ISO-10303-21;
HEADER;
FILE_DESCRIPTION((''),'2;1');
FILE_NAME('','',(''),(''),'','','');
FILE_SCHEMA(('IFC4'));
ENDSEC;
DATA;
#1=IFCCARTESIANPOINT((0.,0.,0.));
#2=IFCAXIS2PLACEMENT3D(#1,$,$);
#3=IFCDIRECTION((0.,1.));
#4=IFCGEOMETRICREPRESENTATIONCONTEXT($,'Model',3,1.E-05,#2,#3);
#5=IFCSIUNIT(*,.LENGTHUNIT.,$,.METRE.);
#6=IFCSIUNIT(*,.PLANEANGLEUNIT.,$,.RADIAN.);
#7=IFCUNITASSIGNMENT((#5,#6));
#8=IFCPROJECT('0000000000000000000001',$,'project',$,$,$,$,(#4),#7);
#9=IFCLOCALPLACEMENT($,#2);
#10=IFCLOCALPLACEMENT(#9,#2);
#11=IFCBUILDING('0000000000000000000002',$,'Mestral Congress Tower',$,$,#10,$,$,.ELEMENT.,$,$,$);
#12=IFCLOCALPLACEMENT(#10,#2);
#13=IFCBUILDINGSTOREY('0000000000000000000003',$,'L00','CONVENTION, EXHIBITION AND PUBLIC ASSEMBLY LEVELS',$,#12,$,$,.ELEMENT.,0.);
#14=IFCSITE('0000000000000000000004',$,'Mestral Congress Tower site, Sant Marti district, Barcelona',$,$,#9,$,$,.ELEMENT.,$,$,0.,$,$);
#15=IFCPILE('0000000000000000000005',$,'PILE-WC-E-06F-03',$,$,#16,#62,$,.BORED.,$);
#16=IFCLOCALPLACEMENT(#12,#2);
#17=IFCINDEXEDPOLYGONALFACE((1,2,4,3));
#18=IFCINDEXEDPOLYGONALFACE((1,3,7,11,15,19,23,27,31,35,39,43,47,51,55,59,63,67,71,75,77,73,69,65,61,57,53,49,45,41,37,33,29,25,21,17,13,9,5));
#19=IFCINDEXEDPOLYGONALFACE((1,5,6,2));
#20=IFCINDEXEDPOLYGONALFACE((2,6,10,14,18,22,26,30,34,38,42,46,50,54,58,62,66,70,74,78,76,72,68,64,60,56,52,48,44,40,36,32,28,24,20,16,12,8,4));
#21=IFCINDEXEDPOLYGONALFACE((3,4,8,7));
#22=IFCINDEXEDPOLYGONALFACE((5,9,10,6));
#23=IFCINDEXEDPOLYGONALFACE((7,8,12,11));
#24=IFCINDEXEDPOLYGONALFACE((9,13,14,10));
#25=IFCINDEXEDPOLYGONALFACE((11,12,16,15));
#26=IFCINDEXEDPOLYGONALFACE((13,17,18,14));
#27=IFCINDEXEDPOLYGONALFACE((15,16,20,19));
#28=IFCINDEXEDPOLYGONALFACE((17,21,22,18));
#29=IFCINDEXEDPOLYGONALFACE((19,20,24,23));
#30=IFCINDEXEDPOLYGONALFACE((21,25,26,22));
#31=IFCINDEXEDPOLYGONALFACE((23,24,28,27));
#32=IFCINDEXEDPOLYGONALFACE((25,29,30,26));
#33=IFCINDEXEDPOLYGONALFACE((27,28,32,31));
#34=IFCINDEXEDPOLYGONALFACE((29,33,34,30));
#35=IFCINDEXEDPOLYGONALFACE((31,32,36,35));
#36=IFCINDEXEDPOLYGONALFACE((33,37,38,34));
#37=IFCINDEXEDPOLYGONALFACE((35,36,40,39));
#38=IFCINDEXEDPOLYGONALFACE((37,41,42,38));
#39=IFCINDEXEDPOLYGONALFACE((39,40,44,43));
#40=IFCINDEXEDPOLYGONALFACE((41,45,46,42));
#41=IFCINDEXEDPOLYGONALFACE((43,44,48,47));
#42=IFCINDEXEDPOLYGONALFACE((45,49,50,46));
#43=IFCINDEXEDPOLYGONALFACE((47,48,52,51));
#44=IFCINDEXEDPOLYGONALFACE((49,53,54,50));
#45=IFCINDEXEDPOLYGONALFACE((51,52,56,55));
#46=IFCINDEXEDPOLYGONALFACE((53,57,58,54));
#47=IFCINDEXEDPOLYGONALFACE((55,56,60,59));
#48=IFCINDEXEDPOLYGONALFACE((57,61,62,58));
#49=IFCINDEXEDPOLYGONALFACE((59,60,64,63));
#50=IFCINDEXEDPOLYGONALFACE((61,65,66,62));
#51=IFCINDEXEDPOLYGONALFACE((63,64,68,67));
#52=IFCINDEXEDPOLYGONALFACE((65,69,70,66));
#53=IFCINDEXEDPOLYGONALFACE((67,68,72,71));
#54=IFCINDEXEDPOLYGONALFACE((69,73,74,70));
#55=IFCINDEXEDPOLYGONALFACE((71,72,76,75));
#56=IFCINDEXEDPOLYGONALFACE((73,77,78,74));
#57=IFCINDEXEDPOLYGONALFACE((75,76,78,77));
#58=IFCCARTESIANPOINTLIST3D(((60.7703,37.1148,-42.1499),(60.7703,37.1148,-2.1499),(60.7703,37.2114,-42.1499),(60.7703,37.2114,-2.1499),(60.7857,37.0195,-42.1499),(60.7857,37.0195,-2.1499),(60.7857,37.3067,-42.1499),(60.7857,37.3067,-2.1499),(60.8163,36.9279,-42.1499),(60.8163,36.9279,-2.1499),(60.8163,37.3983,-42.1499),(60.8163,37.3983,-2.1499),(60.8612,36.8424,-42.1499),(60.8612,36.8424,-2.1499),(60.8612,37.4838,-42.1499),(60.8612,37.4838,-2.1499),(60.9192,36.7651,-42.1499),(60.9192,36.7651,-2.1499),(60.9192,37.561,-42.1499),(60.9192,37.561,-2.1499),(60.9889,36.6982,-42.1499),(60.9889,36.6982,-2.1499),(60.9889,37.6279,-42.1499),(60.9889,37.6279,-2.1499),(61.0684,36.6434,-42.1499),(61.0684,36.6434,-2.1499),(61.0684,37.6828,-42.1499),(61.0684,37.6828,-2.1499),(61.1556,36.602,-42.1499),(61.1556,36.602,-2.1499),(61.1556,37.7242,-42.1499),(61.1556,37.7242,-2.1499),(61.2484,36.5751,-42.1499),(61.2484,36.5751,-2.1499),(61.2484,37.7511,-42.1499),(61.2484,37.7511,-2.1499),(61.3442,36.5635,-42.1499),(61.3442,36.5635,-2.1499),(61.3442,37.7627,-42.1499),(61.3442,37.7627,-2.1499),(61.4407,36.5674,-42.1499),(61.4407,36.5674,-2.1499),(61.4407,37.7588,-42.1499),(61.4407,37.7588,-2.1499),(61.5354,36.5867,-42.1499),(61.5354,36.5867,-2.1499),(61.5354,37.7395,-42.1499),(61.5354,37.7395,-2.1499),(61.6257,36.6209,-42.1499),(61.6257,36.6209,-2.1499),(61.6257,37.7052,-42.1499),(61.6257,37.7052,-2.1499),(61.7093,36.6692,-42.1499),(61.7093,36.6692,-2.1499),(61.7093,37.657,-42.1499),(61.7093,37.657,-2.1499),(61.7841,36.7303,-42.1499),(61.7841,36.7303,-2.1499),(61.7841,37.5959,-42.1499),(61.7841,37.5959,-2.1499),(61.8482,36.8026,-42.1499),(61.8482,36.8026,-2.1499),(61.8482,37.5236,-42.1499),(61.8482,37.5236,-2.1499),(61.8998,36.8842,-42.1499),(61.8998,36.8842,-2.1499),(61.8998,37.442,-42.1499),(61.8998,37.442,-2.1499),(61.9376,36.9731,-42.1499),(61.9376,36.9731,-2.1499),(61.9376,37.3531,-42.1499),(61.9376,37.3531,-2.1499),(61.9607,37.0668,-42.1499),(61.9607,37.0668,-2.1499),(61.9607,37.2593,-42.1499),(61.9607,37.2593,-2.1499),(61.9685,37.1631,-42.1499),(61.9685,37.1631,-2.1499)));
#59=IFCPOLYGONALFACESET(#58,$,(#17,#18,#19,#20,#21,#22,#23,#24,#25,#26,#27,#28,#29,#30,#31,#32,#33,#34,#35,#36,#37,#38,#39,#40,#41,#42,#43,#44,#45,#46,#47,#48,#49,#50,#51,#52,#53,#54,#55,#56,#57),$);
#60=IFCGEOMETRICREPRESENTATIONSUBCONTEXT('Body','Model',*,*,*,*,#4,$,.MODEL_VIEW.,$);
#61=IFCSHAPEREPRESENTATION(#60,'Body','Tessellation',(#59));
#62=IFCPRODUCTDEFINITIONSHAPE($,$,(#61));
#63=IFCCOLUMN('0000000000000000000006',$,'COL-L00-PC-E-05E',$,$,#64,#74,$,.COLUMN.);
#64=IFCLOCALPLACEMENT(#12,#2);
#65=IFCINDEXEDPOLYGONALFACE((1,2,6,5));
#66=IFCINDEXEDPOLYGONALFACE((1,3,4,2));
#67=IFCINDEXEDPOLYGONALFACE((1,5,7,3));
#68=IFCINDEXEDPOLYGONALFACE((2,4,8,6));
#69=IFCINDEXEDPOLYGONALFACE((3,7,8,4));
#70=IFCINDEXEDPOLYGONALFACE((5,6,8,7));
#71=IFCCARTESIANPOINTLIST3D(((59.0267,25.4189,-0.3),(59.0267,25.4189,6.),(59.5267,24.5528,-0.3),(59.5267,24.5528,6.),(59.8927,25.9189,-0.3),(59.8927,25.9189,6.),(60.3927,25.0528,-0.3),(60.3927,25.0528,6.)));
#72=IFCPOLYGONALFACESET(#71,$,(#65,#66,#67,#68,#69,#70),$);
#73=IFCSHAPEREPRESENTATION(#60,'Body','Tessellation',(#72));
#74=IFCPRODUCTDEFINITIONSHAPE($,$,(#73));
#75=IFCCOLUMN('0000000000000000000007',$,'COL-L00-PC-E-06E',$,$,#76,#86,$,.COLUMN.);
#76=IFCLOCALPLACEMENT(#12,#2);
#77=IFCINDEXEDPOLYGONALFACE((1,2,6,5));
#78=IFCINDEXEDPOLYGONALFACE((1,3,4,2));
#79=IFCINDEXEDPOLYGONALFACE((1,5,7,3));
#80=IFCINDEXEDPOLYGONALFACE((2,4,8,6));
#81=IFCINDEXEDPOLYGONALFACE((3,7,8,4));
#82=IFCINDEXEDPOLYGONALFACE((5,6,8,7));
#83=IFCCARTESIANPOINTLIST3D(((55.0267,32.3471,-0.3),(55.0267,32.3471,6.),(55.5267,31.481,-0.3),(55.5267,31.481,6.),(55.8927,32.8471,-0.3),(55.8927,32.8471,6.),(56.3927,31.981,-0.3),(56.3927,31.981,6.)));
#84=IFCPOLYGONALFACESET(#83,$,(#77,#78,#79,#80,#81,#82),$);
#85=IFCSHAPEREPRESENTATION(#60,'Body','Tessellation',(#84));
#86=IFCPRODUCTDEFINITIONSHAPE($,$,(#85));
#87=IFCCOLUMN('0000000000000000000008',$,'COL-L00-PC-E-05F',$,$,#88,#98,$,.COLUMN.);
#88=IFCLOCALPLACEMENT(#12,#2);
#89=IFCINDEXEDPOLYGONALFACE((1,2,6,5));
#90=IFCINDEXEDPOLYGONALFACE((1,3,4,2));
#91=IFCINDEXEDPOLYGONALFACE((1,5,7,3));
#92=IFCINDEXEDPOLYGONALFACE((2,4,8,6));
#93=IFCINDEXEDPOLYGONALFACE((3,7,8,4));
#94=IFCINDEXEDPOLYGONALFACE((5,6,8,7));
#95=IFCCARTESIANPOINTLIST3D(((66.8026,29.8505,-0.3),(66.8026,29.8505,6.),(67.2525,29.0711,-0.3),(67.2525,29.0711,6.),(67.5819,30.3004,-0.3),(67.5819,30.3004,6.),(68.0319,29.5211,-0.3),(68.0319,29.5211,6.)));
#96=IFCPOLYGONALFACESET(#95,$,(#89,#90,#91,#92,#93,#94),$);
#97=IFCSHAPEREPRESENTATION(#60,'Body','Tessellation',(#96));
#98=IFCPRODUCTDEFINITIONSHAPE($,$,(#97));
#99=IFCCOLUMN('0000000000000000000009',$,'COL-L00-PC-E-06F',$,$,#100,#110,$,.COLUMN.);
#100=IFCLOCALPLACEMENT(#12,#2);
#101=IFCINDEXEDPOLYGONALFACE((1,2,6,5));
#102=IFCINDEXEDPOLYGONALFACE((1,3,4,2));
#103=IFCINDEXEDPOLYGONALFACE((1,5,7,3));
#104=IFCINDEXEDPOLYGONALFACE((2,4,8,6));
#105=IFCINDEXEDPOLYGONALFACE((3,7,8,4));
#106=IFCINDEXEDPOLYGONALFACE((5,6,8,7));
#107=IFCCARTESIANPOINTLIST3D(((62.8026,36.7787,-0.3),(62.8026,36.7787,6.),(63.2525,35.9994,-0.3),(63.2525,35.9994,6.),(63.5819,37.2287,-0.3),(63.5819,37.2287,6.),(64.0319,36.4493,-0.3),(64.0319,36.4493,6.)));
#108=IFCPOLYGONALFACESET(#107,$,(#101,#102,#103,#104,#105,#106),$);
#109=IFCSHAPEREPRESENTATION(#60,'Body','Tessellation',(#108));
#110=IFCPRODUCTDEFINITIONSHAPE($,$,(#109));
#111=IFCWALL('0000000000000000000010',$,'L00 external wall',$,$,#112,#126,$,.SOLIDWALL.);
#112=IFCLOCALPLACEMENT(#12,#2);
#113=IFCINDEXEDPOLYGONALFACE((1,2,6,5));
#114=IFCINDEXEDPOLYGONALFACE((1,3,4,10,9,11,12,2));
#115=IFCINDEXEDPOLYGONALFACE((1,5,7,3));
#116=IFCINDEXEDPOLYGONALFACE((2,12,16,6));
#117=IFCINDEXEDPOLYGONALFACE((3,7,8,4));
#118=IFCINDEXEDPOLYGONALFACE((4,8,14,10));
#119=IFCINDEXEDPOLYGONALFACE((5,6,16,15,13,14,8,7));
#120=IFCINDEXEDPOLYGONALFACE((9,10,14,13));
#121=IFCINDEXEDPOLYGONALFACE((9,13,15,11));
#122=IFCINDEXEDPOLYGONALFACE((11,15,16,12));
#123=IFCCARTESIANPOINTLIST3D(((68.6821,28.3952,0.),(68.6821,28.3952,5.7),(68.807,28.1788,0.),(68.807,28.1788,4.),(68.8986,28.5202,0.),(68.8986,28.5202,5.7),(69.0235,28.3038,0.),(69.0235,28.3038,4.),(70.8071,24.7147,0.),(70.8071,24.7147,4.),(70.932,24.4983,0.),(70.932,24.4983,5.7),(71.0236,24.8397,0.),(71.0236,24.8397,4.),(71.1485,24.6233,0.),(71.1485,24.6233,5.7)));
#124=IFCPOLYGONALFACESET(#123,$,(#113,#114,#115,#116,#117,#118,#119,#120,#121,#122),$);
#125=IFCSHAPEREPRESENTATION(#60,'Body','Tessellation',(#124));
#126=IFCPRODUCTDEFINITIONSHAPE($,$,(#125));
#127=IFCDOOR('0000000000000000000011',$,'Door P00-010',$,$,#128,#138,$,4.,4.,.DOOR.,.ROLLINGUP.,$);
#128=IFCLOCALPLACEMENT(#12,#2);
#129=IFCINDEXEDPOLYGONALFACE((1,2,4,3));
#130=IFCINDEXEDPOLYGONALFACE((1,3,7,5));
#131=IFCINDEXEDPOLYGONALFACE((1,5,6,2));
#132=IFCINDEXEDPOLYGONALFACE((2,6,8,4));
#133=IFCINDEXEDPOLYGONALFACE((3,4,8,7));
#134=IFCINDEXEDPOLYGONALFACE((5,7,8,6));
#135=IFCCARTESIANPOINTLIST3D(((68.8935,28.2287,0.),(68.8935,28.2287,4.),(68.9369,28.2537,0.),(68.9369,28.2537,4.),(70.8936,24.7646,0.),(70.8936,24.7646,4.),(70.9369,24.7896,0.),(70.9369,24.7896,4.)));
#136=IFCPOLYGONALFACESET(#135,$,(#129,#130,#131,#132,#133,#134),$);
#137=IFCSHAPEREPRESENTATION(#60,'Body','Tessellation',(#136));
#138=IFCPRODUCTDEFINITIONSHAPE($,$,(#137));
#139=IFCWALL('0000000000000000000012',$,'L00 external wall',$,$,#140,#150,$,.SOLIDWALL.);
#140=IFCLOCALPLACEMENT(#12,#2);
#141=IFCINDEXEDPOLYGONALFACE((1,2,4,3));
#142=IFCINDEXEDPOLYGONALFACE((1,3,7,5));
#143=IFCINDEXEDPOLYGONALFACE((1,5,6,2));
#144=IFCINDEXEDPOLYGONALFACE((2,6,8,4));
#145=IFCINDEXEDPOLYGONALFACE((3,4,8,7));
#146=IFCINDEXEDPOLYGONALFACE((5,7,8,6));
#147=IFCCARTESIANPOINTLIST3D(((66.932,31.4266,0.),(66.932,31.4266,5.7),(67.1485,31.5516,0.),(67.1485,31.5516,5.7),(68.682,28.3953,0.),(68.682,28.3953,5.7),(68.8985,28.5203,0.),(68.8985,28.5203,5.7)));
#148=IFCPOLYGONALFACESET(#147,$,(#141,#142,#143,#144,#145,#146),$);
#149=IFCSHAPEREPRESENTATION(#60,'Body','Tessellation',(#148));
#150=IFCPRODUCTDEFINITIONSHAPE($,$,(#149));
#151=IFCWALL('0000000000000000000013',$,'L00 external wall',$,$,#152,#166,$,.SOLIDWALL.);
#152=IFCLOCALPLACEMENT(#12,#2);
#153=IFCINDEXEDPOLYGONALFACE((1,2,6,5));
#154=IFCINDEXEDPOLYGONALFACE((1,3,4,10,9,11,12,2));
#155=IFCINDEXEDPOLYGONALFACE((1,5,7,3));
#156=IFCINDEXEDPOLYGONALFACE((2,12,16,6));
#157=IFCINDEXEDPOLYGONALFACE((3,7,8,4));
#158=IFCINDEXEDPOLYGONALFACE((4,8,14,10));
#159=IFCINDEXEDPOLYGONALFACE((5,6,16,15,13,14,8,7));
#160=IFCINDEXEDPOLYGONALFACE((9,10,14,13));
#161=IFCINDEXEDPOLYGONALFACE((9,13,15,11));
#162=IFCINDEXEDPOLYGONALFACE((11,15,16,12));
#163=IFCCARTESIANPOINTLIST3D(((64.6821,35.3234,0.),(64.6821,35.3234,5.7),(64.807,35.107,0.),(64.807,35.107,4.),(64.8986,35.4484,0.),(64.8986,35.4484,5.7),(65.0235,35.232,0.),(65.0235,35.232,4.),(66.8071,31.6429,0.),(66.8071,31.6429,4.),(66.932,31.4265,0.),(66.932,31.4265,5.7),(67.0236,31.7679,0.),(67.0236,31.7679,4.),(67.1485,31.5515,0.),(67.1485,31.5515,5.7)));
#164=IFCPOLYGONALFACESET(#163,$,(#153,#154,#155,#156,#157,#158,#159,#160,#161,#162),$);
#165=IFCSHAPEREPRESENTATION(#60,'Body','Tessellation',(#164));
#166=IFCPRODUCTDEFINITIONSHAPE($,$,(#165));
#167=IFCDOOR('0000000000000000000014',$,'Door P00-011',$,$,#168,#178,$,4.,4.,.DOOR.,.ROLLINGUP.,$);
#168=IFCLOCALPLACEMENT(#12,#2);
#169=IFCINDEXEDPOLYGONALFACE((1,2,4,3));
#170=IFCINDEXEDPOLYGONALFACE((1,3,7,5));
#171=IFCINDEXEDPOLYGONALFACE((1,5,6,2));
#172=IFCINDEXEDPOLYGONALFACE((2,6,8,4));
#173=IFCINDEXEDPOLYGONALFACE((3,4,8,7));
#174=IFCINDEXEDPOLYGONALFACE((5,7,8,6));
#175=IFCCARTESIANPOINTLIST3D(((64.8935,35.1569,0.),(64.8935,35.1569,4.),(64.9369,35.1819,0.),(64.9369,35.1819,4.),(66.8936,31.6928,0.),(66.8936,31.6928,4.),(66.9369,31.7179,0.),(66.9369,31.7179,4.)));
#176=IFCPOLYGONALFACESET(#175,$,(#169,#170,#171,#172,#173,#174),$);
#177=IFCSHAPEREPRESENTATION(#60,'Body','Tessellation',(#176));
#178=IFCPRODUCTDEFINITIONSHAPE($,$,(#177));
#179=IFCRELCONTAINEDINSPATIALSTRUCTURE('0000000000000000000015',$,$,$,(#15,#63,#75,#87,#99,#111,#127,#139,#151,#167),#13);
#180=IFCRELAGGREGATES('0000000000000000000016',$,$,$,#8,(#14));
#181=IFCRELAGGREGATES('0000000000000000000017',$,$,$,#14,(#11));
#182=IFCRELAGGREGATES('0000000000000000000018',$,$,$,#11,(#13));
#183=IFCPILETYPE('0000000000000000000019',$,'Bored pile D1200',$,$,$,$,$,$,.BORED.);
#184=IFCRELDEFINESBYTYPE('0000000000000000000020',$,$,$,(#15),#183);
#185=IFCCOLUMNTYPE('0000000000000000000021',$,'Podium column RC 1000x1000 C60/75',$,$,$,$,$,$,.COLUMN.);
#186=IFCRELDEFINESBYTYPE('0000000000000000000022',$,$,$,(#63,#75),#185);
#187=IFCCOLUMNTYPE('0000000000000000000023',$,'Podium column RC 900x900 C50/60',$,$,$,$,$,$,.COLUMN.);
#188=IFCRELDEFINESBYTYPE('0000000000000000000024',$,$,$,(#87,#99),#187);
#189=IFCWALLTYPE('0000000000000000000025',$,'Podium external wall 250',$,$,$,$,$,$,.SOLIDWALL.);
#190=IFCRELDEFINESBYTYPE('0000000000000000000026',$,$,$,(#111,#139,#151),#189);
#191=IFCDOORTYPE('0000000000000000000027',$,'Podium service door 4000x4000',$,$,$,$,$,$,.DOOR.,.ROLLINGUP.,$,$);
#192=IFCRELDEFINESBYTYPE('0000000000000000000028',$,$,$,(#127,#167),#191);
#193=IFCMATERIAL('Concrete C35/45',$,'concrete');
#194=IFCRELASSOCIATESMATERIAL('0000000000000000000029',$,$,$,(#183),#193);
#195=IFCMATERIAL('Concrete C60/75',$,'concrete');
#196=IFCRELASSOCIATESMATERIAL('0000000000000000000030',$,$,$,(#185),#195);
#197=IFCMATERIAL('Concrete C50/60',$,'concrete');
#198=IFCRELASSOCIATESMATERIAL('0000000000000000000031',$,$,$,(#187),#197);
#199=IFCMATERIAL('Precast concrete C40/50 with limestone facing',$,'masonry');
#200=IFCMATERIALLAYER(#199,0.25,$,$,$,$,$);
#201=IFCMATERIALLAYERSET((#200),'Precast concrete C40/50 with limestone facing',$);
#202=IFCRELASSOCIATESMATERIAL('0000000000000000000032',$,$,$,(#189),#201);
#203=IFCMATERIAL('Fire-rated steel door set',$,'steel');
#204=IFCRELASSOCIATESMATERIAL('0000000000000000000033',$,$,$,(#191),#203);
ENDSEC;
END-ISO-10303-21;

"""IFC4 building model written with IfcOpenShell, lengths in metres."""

from ifc_helpers import new_model, si_unit, direction, frame, frame_2d, origin, origin_2d, place, context, subcontext, project, spatial, rectangle, circle, extrude, material, layer, layer_set, material_profile, profile_set, type_object, element, fill, save


model = new_model("IFC4")

# Units and contexts
model_context = context("Model", 3, precision=1e-05, world=origin(), true_north=direction((0.0, 1.0)))
body_context = subcontext(model_context, "Body", "Model", "MODEL_VIEW")
ifc_project = project(units=[si_unit("LENGTHUNIT", "METRE"), si_unit("PLANEANGLEUNIT", "RADIAN")], contexts=[model_context])

# Site, building, storey
site_placement = place(None, origin())
site = spatial("IfcSite", under=ifc_project, at=site_placement, Name="Mestral Congress Tower site, Sant Marti district, Barcelona", CompositionType="ELEMENT", RefElevation=0.0)
building_placement = place(site_placement, origin())
building = spatial("IfcBuilding", under=site, at=building_placement, Name="Mestral Congress Tower", CompositionType="ELEMENT")
storey_placement = place(building_placement, origin())
storey = spatial("IfcBuildingStorey", under=building, at=storey_placement, Name="L00", Description="CONVENTION, EXHIBITION AND PUBLIC ASSEMBLY LEVELS", CompositionType="ELEMENT", Elevation=0.0)

# Pile
ifc_material_1 = material(Name="Concrete C35/45", Category="concrete")
ifc_material_profile_1 = material_profile(ifc_material_1, circle(Radius=0.6001, at=origin_2d()), Name="D1200")
ifc_profile_set_1 = profile_set([ifc_material_profile_1], Name="Concrete C35/45")
pile_type = type_object("IfcPileType", Name="Bored pile D1200", PredefinedType="BORED", material=ifc_profile_set_1)
for number, where, z_axis, x_axis, name in (
    (1, (61.3684, 37.1631, -2.1499), (0.0, 0.0, -1.0), (1.0, 0.0, 0.0), "PILE-WC-E-06F-03"),
):
    element("IfcPile", number, at=place(storey_placement, frame(where, z_axis=z_axis, x_axis=x_axis)), inside=storey, type_object=pile_type, Name=name, PredefinedType="BORED", context=body_context, shape_type="SweptSolid", body=[
        extrude(circle(Radius=0.6001, at=origin_2d()), origin(), (0.0, 0.0, 1.0), 40.0),
    ])

# Columns
ifc_material_2 = material(Name="Concrete C60/75", Category="concrete")
ifc_material_profile_2 = material_profile(ifc_material_2, rectangle(XDim=1.0, YDim=1.0, at=origin_2d()), Name="RC 1000x1000")
ifc_profile_set_2 = profile_set([ifc_material_profile_2], Name="Concrete C60/75")
column_type_1 = type_object("IfcColumnType", Name="Podium column RC 1000x1000 C60/75", PredefinedType="COLUMN", material=ifc_profile_set_2)
for number, where, z_axis, x_axis, name in (
    (2, (59.7097, 25.2358, -0.3), (0.0, 0.0, 1.0), (-0.5, 0.866025, 0.0), "COL-L00-PC-E-05E"),
    (3, (55.7097, 32.1641, -0.3), (0.0, 0.0, 1.0), (-0.5, 0.866025, 0.0), "COL-L00-PC-E-06E"),
):
    element("IfcColumn", number, at=place(storey_placement, frame(where, z_axis=z_axis, x_axis=x_axis)), inside=storey, type_object=column_type_1, Name=name, PredefinedType="COLUMN", context=body_context, shape_type="SweptSolid", body=[
        extrude(rectangle(XDim=1.0, YDim=1.0, at=origin_2d()), origin(), (0.0, 0.0, 1.0), 6.3),
    ])
ifc_material_3 = material(Name="Concrete C50/60", Category="concrete")
ifc_material_profile_3 = material_profile(ifc_material_3, rectangle(XDim=0.8999, YDim=0.8999, at=origin_2d()), Name="RC 900x900")
ifc_profile_set_3 = profile_set([ifc_material_profile_3], Name="Concrete C50/60")
column_type_2 = type_object("IfcColumnType", Name="Podium column RC 900x900 C50/60", PredefinedType="COLUMN", material=ifc_profile_set_3)
for number, where, z_axis, x_axis, name in (
    (4, (67.4172, 29.6858, -0.3), (0.0, 0.0, 1.0), (-0.5, 0.866025, 0.0), "COL-L00-PC-E-05F"),
    (5, (63.4172, 36.614, -0.3), (0.0, 0.0, 1.0), (-0.5, 0.866025, 0.0), "COL-L00-PC-E-06F"),
):
    element("IfcColumn", number, at=place(storey_placement, frame(where, z_axis=z_axis, x_axis=x_axis)), inside=storey, type_object=column_type_2, Name=name, PredefinedType="COLUMN", context=body_context, shape_type="SweptSolid", body=[
        extrude(rectangle(XDim=0.8999, YDim=0.8999, at=origin_2d()), origin(), (0.0, 0.0, 1.0), 6.3),
    ])

# Wall, opening, door
ifc_material_4 = material(Name="Precast concrete C40/50 with limestone facing", Category="masonry")
ifc_layer_1 = layer(ifc_material_4, 0.25)
ifc_layer_set_1 = layer_set([ifc_layer_1], Name="Precast concrete C40/50 with limestone facing")
wall_type_1 = type_object("IfcWallType", Name="Podium external wall 250", PredefinedType="SOLIDWALL", material=ifc_layer_set_1)
wall_1_placement = place(storey_placement, frame((68.7903, 28.4578, 0.0), z_axis=(0.0, 0.0, 1.0), x_axis=(0.500014, -0.866018, 0.0)))
wall_1 = element("IfcWall", 6, at=wall_1_placement, inside=storey, type_object=wall_type_1, Name="L00 external wall", PredefinedType="SOLIDWALL", context=body_context, shape_type="SweptSolid", body=[
    extrude(rectangle(XDim=4.4998, YDim=0.25, at=frame_2d((2.25, 0.0))), origin(), (0.0, 0.0, 1.0), 5.7),
])
opening_1_placement = place(wall_1_placement, frame((0.25, 0.0, 0.0)))
opening_1 = element("IfcOpeningElement", 7, at=opening_1_placement, cuts=wall_1, PredefinedType="OPENING", context=body_context, shape_type="SweptSolid", body=[
    extrude(rectangle(XDim=4.0, YDim=4.0, at=frame_2d((2.0, 2.0))), frame((0.0, 0.135, 0.0), z_axis=(0.0, -1.0, 0.0), x_axis=(1.0, 0.0, 0.0)), (0.0, 0.0, 1.0), 0.27),
])
ifc_material_5 = material(Name="Fire-rated steel door set", Category="steel")
door_type = type_object("IfcDoorType", Name="Podium service door 4000x4000", OperationType="ROLLINGUP", PredefinedType="DOOR", material=ifc_material_5)
door_1_placement = place(opening_1_placement, origin())
door_1 = element("IfcDoor", 8, at=door_1_placement, inside=storey, type_object=door_type, Name="Door P00-010", OperationType="ROLLINGUP", OverallHeight=4.0, OverallWidth=4.0, PredefinedType="DOOR", context=body_context, shape_type="SweptSolid", body=[
    extrude(rectangle(XDim=4.0, YDim=4.0, at=frame_2d((2.0, 2.0))), frame((0.0, 0.0249, 0.0), z_axis=(0.0, -1.0, 0.0), x_axis=(1.0, 0.0, 0.0)), (0.0, 0.0, 1.0), 0.05),
])
fill(opening_1, door_1)

# Wall
wall_2_placement = place(storey_placement, frame((67.0403, 31.489, 0.0), z_axis=(0.0, 0.0, 1.0), x_axis=(0.49998, -0.866037, 0.0)))
element("IfcWall", 9, at=wall_2_placement, inside=storey, type_object=wall_type_1, Name="L00 external wall", PredefinedType="SOLIDWALL", context=body_context, shape_type="SweptSolid", body=[
    extrude(rectangle(XDim=3.5002, YDim=0.25, at=frame_2d((1.75, 0.0))), origin(), (0.0, 0.0, 1.0), 5.7),
])

# Wall, opening, door
wall_3_placement = place(storey_placement, frame((64.7903, 35.386, 0.0), z_axis=(0.0, 0.0, 1.0), x_axis=(0.500014, -0.866018, 0.0)))
wall_3 = element("IfcWall", 10, at=wall_3_placement, inside=storey, type_object=wall_type_1, Name="L00 external wall", PredefinedType="SOLIDWALL", context=body_context, shape_type="SweptSolid", body=[
    extrude(rectangle(XDim=4.4998, YDim=0.25, at=frame_2d((2.25, 0.0))), origin(), (0.0, 0.0, 1.0), 5.7),
])
opening_2_placement = place(wall_3_placement, frame((0.25, 0.0, 0.0)))
opening_2 = element("IfcOpeningElement", 11, at=opening_2_placement, cuts=wall_3, PredefinedType="OPENING", context=body_context, shape_type="SweptSolid", body=[
    extrude(rectangle(XDim=4.0, YDim=4.0, at=frame_2d((2.0, 2.0))), frame((0.0, 0.135, 0.0), z_axis=(0.0, -1.0, 0.0), x_axis=(1.0, 0.0, 0.0)), (0.0, 0.0, 1.0), 0.27),
])
door_2_placement = place(opening_2_placement, origin())
door_2 = element("IfcDoor", 12, at=door_2_placement, inside=storey, type_object=door_type, Name="Door P00-011", OperationType="ROLLINGUP", OverallHeight=4.0, OverallWidth=4.0, PredefinedType="DOOR", context=body_context, shape_type="SweptSolid", body=[
    extrude(rectangle(XDim=4.0, YDim=4.0, at=frame_2d((2.0, 2.0))), frame((0.0, 0.0249, 0.0), z_axis=(0.0, -1.0, 0.0), x_axis=(1.0, 0.0, 0.0)), (0.0, 0.0, 1.0), 0.05),
])
fill(opening_2, door_2)

save(model, "model.ifc")
